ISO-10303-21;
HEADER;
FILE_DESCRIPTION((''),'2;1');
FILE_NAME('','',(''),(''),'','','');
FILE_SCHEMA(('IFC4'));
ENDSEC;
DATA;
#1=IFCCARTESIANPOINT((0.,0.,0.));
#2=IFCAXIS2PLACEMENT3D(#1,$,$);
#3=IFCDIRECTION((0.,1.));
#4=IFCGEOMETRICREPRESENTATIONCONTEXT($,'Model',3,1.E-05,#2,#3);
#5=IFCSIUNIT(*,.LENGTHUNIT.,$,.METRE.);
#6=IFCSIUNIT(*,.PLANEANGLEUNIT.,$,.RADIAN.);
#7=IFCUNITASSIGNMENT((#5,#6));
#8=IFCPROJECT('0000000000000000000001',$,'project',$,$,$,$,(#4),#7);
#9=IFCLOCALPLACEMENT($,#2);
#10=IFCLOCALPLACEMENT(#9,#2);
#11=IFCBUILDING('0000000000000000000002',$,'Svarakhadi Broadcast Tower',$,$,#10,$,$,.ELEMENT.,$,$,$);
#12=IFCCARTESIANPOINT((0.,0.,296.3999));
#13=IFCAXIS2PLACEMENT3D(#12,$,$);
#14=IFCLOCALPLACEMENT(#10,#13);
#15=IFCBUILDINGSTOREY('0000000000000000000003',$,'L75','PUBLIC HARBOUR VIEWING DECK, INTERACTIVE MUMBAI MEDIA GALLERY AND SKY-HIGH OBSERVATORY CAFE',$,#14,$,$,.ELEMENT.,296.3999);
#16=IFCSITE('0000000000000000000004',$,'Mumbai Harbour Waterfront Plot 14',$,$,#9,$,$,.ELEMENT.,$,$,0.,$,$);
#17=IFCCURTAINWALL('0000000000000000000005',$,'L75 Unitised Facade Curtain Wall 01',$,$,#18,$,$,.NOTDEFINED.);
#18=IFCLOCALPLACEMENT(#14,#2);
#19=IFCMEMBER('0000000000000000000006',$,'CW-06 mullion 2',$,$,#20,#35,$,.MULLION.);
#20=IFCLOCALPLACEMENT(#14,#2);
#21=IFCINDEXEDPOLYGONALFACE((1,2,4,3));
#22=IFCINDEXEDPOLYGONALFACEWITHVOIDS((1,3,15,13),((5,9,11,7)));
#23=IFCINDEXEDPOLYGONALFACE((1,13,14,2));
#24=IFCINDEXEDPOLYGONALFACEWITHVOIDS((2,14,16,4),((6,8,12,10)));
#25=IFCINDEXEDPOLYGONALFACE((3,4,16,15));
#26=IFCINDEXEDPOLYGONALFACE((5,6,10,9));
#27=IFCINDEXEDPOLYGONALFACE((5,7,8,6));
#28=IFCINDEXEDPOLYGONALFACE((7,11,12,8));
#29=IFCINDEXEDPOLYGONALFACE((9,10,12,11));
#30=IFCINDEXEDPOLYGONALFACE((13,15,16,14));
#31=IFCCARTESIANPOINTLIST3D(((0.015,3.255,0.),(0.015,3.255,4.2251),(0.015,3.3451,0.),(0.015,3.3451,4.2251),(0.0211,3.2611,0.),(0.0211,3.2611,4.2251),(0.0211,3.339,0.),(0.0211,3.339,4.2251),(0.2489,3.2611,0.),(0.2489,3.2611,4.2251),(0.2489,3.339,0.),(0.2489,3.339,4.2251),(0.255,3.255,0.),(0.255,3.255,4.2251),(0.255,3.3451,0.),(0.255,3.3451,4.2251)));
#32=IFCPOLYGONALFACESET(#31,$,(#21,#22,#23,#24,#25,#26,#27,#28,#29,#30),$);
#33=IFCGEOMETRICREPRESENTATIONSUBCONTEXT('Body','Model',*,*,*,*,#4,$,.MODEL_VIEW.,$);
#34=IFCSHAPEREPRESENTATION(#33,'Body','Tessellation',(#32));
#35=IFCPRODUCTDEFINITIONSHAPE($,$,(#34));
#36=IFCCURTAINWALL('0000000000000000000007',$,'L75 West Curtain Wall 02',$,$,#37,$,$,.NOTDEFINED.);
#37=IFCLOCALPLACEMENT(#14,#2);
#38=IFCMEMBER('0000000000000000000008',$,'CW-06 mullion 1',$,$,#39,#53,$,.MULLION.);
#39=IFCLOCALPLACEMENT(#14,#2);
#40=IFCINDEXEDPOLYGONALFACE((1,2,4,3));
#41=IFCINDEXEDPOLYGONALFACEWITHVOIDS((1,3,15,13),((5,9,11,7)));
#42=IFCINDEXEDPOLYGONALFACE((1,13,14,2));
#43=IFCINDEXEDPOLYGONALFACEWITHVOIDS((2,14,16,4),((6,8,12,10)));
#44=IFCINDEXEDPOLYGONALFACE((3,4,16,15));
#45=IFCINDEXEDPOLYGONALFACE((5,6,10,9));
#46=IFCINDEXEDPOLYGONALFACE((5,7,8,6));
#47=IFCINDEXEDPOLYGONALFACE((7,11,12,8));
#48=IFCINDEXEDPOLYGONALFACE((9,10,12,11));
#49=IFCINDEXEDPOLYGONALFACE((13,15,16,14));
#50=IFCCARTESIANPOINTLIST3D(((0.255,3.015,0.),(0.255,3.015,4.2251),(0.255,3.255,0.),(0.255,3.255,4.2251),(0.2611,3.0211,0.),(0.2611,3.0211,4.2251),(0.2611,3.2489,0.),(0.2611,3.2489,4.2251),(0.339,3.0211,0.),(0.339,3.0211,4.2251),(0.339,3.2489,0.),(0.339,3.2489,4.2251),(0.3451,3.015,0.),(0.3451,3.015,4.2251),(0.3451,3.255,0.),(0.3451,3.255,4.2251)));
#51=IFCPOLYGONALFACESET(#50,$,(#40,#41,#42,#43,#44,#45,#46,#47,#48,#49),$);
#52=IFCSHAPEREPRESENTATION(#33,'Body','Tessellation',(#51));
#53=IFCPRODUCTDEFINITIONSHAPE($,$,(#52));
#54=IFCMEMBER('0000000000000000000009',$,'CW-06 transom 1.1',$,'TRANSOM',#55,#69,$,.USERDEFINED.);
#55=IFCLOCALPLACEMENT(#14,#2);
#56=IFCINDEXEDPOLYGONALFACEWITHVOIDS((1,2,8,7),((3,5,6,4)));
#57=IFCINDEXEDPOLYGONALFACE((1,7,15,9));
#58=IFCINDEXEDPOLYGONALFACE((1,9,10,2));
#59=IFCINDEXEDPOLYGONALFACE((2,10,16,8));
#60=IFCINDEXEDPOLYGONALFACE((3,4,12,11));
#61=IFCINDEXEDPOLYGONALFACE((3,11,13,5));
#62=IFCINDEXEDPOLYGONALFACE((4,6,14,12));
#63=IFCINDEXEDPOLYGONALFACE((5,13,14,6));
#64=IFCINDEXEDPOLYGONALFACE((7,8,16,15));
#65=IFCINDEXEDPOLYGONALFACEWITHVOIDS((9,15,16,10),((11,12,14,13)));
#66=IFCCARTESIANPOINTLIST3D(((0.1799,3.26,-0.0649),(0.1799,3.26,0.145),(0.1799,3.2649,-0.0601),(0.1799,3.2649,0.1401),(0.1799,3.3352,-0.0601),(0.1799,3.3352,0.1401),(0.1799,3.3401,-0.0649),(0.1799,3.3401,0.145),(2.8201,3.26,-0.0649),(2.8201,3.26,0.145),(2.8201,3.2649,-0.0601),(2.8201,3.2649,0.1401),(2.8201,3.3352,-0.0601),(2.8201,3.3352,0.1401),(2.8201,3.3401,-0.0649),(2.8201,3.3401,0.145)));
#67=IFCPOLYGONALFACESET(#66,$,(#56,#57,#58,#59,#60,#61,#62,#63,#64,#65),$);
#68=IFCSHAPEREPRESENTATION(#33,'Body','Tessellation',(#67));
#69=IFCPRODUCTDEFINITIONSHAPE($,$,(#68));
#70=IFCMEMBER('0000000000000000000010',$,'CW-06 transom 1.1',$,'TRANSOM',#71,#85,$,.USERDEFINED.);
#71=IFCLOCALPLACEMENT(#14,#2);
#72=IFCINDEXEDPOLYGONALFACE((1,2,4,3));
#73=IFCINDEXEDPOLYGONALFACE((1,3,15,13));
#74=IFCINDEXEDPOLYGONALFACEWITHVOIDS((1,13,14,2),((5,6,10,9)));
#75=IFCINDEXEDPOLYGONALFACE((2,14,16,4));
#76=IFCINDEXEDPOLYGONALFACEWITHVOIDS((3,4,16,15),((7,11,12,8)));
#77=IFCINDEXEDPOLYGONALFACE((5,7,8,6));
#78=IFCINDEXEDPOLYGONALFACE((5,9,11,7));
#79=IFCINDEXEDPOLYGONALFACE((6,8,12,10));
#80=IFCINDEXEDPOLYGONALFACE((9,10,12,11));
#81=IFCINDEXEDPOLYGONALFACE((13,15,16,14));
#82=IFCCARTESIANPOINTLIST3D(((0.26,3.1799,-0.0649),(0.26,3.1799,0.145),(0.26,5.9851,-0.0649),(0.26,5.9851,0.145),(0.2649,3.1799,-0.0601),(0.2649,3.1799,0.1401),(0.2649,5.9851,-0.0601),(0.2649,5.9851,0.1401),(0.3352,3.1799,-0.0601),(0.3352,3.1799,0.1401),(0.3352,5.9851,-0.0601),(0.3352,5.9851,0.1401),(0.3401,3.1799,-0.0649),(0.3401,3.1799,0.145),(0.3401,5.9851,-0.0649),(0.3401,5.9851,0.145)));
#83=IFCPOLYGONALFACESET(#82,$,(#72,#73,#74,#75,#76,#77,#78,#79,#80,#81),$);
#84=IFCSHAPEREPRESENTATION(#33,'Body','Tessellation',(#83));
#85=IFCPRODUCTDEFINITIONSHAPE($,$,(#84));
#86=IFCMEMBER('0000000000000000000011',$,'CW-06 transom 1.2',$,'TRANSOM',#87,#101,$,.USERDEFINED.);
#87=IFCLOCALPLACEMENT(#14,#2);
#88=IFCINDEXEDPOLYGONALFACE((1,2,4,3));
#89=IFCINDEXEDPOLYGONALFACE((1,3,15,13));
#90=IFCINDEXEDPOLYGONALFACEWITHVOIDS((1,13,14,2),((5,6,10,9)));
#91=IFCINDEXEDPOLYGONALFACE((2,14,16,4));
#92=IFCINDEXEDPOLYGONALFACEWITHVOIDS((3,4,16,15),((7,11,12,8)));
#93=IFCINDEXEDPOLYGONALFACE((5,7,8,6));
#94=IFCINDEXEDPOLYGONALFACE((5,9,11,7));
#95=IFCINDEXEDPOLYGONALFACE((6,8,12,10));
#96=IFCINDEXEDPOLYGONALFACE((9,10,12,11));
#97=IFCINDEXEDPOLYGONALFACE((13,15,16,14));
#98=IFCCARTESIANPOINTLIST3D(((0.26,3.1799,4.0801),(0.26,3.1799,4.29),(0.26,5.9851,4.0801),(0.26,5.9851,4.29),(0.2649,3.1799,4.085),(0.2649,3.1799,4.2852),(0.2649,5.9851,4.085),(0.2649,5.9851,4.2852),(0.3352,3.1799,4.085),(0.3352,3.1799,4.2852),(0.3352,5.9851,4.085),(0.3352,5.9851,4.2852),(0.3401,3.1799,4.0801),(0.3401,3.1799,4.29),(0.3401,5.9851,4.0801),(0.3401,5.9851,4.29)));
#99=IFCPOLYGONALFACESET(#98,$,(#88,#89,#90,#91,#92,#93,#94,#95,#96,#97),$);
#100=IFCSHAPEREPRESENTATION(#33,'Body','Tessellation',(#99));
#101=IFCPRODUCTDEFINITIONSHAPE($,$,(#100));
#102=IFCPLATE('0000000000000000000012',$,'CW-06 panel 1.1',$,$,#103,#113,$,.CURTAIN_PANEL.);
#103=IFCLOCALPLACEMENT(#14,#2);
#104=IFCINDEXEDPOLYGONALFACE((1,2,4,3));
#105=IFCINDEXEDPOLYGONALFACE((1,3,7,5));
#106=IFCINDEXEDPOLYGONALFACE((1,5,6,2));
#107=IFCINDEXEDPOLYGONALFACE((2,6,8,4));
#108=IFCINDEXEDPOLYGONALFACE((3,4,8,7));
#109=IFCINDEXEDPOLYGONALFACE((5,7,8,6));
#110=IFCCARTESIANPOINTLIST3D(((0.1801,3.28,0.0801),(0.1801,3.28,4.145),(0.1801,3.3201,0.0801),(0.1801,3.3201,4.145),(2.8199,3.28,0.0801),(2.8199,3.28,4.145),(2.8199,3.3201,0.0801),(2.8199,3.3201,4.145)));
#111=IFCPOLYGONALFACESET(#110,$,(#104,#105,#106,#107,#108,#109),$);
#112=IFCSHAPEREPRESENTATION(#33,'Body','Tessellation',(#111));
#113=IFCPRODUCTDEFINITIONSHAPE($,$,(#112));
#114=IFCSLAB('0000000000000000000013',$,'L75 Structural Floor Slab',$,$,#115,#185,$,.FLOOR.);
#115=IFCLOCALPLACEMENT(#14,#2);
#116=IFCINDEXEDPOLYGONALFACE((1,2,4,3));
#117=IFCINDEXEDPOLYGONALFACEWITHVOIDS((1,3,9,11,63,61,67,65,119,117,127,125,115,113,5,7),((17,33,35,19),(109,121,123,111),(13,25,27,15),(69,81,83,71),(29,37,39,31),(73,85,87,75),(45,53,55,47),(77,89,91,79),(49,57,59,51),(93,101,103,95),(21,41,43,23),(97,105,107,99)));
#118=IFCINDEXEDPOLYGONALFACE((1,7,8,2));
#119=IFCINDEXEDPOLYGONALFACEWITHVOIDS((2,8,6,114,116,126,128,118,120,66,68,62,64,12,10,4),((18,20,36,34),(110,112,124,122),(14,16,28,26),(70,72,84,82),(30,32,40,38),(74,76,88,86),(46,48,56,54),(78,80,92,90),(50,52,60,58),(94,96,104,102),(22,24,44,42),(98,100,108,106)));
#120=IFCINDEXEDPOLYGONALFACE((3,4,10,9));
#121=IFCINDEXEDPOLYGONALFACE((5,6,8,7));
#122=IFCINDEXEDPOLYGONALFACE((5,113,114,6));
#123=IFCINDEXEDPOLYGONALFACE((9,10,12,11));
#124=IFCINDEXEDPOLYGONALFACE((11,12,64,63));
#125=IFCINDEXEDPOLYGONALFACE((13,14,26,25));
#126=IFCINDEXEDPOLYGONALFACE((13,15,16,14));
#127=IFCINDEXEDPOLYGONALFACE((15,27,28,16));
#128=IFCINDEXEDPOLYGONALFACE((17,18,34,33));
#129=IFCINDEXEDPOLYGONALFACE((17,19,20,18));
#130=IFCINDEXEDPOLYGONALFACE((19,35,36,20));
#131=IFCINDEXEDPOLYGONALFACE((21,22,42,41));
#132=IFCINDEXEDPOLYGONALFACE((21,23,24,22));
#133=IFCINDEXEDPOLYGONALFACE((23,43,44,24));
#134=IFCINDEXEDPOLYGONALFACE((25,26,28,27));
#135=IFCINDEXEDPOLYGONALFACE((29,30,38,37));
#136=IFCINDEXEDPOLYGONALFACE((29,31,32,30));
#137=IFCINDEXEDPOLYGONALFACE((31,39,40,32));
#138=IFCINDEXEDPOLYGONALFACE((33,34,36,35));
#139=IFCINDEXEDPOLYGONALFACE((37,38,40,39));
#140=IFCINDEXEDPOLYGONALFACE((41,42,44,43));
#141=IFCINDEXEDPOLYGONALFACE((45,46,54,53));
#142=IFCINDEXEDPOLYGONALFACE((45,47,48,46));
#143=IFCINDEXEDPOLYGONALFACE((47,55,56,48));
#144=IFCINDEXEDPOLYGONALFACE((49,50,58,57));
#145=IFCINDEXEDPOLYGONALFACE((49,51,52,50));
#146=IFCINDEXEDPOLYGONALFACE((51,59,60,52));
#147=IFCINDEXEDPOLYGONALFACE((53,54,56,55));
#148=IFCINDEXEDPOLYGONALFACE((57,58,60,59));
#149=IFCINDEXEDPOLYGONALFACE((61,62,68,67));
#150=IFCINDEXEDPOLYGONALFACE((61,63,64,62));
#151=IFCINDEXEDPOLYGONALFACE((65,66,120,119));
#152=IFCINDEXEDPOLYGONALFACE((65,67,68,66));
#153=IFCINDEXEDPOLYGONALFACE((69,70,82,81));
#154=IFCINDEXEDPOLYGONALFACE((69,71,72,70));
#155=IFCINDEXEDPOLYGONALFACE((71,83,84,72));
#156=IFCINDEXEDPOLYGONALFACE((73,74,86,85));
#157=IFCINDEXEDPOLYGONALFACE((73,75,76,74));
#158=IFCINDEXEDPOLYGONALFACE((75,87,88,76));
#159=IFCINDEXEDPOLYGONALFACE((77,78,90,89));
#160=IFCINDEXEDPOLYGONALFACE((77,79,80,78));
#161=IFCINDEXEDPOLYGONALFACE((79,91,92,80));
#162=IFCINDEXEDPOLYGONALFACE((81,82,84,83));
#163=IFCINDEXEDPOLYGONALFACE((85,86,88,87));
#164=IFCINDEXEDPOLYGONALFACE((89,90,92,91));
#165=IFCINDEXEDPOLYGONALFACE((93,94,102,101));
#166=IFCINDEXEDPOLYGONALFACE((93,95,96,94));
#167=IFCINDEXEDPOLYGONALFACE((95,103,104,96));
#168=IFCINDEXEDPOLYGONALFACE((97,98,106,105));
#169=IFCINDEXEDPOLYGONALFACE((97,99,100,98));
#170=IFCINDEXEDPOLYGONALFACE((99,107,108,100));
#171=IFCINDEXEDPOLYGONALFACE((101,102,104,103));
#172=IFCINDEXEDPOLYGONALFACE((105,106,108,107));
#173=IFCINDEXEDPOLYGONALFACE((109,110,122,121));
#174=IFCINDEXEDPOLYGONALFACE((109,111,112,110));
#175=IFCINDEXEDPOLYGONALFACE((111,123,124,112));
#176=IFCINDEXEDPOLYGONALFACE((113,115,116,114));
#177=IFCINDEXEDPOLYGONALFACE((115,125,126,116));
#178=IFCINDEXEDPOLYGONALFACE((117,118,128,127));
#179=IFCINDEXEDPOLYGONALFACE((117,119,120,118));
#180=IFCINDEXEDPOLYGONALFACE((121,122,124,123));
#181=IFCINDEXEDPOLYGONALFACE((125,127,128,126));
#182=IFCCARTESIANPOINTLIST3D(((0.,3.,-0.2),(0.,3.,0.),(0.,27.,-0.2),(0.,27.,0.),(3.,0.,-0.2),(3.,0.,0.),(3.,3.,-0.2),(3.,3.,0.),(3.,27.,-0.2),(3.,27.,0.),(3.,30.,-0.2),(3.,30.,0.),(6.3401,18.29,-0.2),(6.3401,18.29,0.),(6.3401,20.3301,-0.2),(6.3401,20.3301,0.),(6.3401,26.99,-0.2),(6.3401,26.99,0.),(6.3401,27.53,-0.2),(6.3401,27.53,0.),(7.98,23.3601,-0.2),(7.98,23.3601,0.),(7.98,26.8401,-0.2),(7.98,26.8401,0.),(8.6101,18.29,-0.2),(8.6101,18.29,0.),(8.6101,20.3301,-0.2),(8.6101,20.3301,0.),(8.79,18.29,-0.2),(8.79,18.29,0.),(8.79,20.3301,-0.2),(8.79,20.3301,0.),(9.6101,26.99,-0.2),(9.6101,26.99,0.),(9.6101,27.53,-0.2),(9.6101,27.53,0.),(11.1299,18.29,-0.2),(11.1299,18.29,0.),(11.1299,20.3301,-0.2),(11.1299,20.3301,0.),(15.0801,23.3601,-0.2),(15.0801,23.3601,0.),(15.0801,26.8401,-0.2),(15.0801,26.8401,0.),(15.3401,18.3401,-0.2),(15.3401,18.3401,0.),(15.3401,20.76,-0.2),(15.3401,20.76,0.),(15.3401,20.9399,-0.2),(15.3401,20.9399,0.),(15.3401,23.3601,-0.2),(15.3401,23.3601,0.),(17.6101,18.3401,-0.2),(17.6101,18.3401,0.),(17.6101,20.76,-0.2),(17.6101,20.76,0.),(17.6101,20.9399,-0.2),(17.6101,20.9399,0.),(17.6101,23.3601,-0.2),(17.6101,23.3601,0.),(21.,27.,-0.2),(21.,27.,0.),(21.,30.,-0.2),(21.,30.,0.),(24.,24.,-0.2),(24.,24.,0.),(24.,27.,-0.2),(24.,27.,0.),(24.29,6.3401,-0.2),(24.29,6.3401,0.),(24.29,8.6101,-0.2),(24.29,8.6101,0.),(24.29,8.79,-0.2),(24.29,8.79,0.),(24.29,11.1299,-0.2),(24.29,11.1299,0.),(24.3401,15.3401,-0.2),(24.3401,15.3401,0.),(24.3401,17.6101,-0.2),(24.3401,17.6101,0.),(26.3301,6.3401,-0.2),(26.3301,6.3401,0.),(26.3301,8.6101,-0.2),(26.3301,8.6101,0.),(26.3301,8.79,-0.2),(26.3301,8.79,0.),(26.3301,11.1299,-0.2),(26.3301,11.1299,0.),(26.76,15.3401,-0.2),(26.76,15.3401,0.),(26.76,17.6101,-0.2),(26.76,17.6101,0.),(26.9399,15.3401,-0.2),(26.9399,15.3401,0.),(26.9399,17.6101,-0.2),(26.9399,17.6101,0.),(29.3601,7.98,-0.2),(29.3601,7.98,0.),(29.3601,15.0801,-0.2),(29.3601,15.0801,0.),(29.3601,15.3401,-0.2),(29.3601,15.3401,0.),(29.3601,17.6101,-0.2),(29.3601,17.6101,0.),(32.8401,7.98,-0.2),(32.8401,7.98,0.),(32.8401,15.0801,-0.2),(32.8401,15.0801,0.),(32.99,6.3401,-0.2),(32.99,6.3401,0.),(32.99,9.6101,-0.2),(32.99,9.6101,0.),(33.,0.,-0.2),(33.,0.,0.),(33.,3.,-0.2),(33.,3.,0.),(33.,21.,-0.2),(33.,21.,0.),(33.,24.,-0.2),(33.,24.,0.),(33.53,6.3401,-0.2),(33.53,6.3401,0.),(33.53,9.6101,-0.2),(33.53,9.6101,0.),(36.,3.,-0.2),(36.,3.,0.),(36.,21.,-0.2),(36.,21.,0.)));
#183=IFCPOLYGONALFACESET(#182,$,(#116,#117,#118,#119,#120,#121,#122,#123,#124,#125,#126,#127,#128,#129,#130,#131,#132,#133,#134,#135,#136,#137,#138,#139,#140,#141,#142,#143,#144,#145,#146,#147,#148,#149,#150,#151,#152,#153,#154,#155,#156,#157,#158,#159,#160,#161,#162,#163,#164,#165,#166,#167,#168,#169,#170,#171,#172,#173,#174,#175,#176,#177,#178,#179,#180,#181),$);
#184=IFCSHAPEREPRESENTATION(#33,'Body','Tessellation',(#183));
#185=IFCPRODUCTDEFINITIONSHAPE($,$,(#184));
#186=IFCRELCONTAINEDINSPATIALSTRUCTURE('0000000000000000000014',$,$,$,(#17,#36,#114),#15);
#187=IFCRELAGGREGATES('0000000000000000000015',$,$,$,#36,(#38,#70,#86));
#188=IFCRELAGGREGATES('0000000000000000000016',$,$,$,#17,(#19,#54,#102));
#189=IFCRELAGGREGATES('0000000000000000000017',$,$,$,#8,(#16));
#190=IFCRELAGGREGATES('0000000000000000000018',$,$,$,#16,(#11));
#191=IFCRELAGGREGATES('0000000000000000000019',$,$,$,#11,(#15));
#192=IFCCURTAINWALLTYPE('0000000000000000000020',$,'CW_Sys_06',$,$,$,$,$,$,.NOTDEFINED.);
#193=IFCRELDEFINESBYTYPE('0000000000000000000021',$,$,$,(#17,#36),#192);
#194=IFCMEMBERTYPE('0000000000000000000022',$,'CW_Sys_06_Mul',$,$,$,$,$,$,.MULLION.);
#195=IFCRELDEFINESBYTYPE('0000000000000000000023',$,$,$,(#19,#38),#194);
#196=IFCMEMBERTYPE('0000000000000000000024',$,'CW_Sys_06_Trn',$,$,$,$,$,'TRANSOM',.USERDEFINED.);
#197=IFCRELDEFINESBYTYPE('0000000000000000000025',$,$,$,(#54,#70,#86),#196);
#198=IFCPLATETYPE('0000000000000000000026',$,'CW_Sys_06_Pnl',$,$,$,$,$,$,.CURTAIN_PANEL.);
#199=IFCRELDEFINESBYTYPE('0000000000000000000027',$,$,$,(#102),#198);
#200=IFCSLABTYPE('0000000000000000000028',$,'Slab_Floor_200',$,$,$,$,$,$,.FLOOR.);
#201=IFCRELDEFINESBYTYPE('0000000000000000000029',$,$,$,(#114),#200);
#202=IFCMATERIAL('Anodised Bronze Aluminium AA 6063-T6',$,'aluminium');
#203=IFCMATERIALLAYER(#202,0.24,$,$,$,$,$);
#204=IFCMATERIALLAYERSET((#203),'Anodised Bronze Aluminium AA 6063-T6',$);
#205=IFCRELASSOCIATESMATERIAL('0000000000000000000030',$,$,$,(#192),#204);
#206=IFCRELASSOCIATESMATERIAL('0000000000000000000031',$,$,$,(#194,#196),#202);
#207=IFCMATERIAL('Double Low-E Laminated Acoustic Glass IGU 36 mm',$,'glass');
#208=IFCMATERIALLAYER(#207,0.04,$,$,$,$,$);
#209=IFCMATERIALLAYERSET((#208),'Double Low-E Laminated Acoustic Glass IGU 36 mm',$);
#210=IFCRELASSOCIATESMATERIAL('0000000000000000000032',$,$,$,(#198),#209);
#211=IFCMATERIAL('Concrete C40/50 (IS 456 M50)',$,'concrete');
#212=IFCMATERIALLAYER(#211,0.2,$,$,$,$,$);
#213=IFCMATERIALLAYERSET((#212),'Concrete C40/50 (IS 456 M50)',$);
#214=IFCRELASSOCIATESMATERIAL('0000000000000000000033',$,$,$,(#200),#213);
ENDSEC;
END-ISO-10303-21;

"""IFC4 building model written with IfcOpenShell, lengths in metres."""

from ifc_helpers import new_model, si_unit, direction, frame, origin, origin_2d, place, context, subcontext, project, spatial, polyline, rectangle, hollow_rectangle, outline, extrude, material, layer, layer_set, material_profile, profile_set, type_object, element, aggregate, save


model = new_model("IFC4")

# Units and contexts
model_context = context("Model", 3, precision=1e-05, world=origin(), true_north=direction((0.0, 1.0)))
body_context = subcontext(model_context, "Body", "Model", "MODEL_VIEW")
ifc_project = project(units=[si_unit("LENGTHUNIT", "METRE"), si_unit("PLANEANGLEUNIT", "RADIAN")], contexts=[model_context])

# Site, building, storey
site_placement = place(None, origin())
site = spatial("IfcSite", under=ifc_project, at=site_placement, Name="Mumbai Harbour Waterfront Plot 14", CompositionType="ELEMENT", RefElevation=0.0)
building_placement = place(site_placement, origin())
building = spatial("IfcBuilding", under=site, at=building_placement, Name="Svarakhadi Broadcast Tower", CompositionType="ELEMENT")
storey_placement = place(building_placement, frame((0.0, 0.0, 296.3999)))
storey = spatial("IfcBuildingStorey", under=building, at=storey_placement, Name="L75", Description="PUBLIC HARBOUR VIEWING DECK, INTERACTIVE MUMBAI MEDIA GALLERY AND SKY-HIGH OBSERVATORY CAFE", CompositionType="ELEMENT", Elevation=296.3999)

# Curtain walls, members
ifc_material_1 = material(Name="Anodised Bronze Aluminium AA 6063-T6", Category="aluminium")
ifc_layer_1 = layer(ifc_material_1, 0.24)
ifc_layer_set_1 = layer_set([ifc_layer_1], Name="Anodised Bronze Aluminium AA 6063-T6")
curtain_wall_type = type_object("IfcCurtainWallType", Name="CW_Sys_06", PredefinedType="NOTDEFINED", material=ifc_layer_set_1)
curtain_wall_1_placement = place(storey_placement, origin())
curtain_wall_1 = element("IfcCurtainWall", 1, at=curtain_wall_1_placement, inside=storey, type_object=curtain_wall_type, Name="L75 Unitised Facade Curtain Wall 01", PredefinedType="NOTDEFINED")
ifc_material_profile_1 = material_profile(ifc_material_1, hollow_rectangle(XDim=0.0901, YDim=0.24, WallThickness=0.0061, at=origin_2d()), Name="ALU MULLION 240x90x6")
ifc_profile_set_1 = profile_set([ifc_material_profile_1], Name="Anodised Bronze Aluminium AA 6063-T6")
member_type_1 = type_object("IfcMemberType", Name="CW_Sys_06_Mul", PredefinedType="MULLION", material=ifc_profile_set_1)
member_1_placement = place(storey_placement, frame((0.135, 3.3, 0.0), z_axis=(0.0, 0.0, 1.0), x_axis=(0.0, -1.0, 0.0)))
member_1 = element("IfcMember", 2, at=member_1_placement, type_object=member_type_1, Name="CW-06 mullion 2", PredefinedType="MULLION", context=body_context, shape_type="SweptSolid", body=[
    extrude(hollow_rectangle(XDim=0.0901, YDim=0.24, WallThickness=0.0061, at=origin_2d()), origin(), (0.0, 0.0, 1.0), 4.2251),
])
curtain_wall_2_placement = place(storey_placement, origin())
curtain_wall_2 = element("IfcCurtainWall", 3, at=curtain_wall_2_placement, inside=storey, type_object=curtain_wall_type, Name="L75 West Curtain Wall 02", PredefinedType="NOTDEFINED")
member_2_placement = place(storey_placement, frame((0.3, 3.135, 0.0), z_axis=(0.0, 0.0, 1.0), x_axis=(-1.0, 0.0, 0.0)))
member_2 = element("IfcMember", 4, at=member_2_placement, type_object=member_type_1, Name="CW-06 mullion 1", PredefinedType="MULLION", context=body_context, shape_type="SweptSolid", body=[
    extrude(hollow_rectangle(XDim=0.0901, YDim=0.24, WallThickness=0.0061, at=origin_2d()), origin(), (0.0, 0.0, 1.0), 4.2251),
])

# Members
ifc_material_profile_2 = material_profile(ifc_material_1, hollow_rectangle(XDim=0.0801, YDim=0.21, WallThickness=0.0049, at=origin_2d()), Name="ALU TRANSOM 210x80x5")
ifc_profile_set_2 = profile_set([ifc_material_profile_2], Name="Anodised Bronze Aluminium AA 6063-T6")
member_type_2 = type_object("IfcMemberType", Name="CW_Sys_06_Trn", ElementType="TRANSOM", PredefinedType="USERDEFINED", material=ifc_profile_set_2)
member_3_placement = place(storey_placement, frame((2.8201, 3.3, 0.04), z_axis=(-1.0, 0.0, 0.0), x_axis=(0.0, -1.0, 0.0)))
member_3 = element("IfcMember", 5, at=member_3_placement, type_object=member_type_2, Name="CW-06 transom 1.1", ObjectType="TRANSOM", PredefinedType="USERDEFINED", context=body_context, shape_type="SweptSolid", body=[
    extrude(hollow_rectangle(XDim=0.0801, YDim=0.21, WallThickness=0.0049, at=origin_2d()), origin(), (0.0, 0.0, 1.0), 2.6401),
])
member_4_placement = place(storey_placement, frame((0.3, 3.1799, 0.04), z_axis=(0.0, 1.0, 0.0), x_axis=(-1.0, 0.0, 0.0)))
member_4 = element("IfcMember", 6, at=member_4_placement, type_object=member_type_2, Name="CW-06 transom 1.1", ObjectType="TRANSOM", PredefinedType="USERDEFINED", context=body_context, shape_type="SweptSolid", body=[
    extrude(hollow_rectangle(XDim=0.0801, YDim=0.21, WallThickness=0.0049, at=origin_2d()), origin(), (0.0, 0.0, 1.0), 2.8052),
])
member_5_placement = place(storey_placement, frame((0.3, 3.1799, 4.1851), z_axis=(0.0, 1.0, 0.0), x_axis=(-1.0, 0.0, 0.0)))
member_5 = element("IfcMember", 7, at=member_5_placement, type_object=member_type_2, Name="CW-06 transom 1.2", ObjectType="TRANSOM", PredefinedType="USERDEFINED", context=body_context, shape_type="SweptSolid", body=[
    extrude(hollow_rectangle(XDim=0.0801, YDim=0.21, WallThickness=0.0049, at=origin_2d()), origin(), (0.0, 0.0, 1.0), 2.8052),
])
aggregate(curtain_wall_2, [member_2, member_4, member_5])

# Plate
ifc_material_2 = material(Name="Double Low-E Laminated Acoustic Glass IGU 36 mm", Category="glass")
ifc_layer_2 = layer(ifc_material_2, 0.04)
ifc_layer_set_2 = layer_set([ifc_layer_2], Name="Double Low-E Laminated Acoustic Glass IGU 36 mm")
plate_type = type_object("IfcPlateType", Name="CW_Sys_06_Pnl", PredefinedType="CURTAIN_PANEL", material=ifc_layer_set_2)
plate_placement = place(storey_placement, frame((1.5, 3.3, 0.0801), z_axis=(0.0, 0.0, 1.0), x_axis=(-1.0, 0.0, 0.0)))
plate = element("IfcPlate", 8, at=plate_placement, type_object=plate_type, Name="CW-06 panel 1.1", PredefinedType="CURTAIN_PANEL", context=body_context, shape_type="SweptSolid", body=[
    extrude(rectangle(XDim=2.6399, YDim=0.04, at=origin_2d()), origin(), (0.0, 0.0, 1.0), 4.0649),
])
aggregate(curtain_wall_1, [member_1, member_3, plate])

# Slab
ifc_material_3 = material(Name="Concrete C40/50 (IS 456 M50)", Category="concrete")
ifc_layer_3 = layer(ifc_material_3, 0.2)
ifc_layer_set_3 = layer_set([ifc_layer_3], Name="Concrete C40/50 (IS 456 M50)")
slab_type_1 = type_object("IfcSlabType", Name="Slab_Floor_200", PredefinedType="FLOOR", material=ifc_layer_set_3)
slab_1_placement = place(storey_placement, frame((0.0, 0.0, -0.2)))
element("IfcSlab", 9, at=slab_1_placement, inside=storey, type_object=slab_type_1, Name="L75 Structural Floor Slab", PredefinedType="FLOOR", context=body_context, shape_type="SweptSolid", body=[
    extrude(outline(polyline([(3.0, 0.0), (33.0, 0.0), (33.0, 3.0), (36.0, 3.0), (36.0, 21.0), (33.0, 21.0), (33.0, 24.0), (24.0, 24.0), (24.0, 27.0), (21.0, 27.0), (21.0, 30.0), (3.0, 30.0), (3.0, 27.0), (0.0, 27.0), (0.0, 3.0), (3.0, 3.0), (3.0, 0.0)]), holes=[polyline([(7.98, 23.3601), (15.0801, 23.3601), (15.0801, 26.8401), (7.98, 26.8401), (7.98, 23.3601)]), polyline([(32.8401, 7.98), (32.8401, 15.0801), (29.3601, 15.0801), (29.3601, 7.98), (32.8401, 7.98)]), polyline([(6.3401, 18.29), (8.6101, 18.29), (8.6101, 20.3301), (6.3401, 20.3301), (6.3401, 18.29)]), polyline([(8.79, 18.29), (11.1299, 18.29), (11.1299, 20.3301), (8.79, 20.3301), (8.79, 18.29)]), polyline([(24.29, 6.3401), (26.3301, 6.3401), (26.3301, 8.6101), (24.29, 8.6101), (24.29, 6.3401)]), polyline([(24.29, 8.79), (26.3301, 8.79), (26.3301, 11.1299), (24.29, 11.1299), (24.29, 8.79)]), polyline([(6.3401, 26.99), (9.6101, 26.99), (9.6101, 27.53), (6.3401, 27.53), (6.3401, 26.99)]), polyline([(32.99, 6.3401), (33.53, 6.3401), (33.53, 9.6101), (32.99, 9.6101), (32.99, 6.3401)]), polyline([(15.3401, 18.3401), (17.6101, 18.3401), (17.6101, 20.76), (15.3401, 20.76), (15.3401, 18.3401)]), polyline([(15.3401, 20.9399), (17.6101, 20.9399), (17.6101, 23.3601), (15.3401, 23.3601), (15.3401, 20.9399)]), polyline([(24.3401, 15.3401), (26.76, 15.3401), (26.76, 17.6101), (24.3401, 17.6101), (24.3401, 15.3401)]), polyline([(26.9399, 15.3401), (29.3601, 15.3401), (29.3601, 17.6101), (26.9399, 17.6101), (26.9399, 15.3401)])]), origin(), (0.0, 0.0, 1.0), 0.2),
])

save(model, "model.ifc")
